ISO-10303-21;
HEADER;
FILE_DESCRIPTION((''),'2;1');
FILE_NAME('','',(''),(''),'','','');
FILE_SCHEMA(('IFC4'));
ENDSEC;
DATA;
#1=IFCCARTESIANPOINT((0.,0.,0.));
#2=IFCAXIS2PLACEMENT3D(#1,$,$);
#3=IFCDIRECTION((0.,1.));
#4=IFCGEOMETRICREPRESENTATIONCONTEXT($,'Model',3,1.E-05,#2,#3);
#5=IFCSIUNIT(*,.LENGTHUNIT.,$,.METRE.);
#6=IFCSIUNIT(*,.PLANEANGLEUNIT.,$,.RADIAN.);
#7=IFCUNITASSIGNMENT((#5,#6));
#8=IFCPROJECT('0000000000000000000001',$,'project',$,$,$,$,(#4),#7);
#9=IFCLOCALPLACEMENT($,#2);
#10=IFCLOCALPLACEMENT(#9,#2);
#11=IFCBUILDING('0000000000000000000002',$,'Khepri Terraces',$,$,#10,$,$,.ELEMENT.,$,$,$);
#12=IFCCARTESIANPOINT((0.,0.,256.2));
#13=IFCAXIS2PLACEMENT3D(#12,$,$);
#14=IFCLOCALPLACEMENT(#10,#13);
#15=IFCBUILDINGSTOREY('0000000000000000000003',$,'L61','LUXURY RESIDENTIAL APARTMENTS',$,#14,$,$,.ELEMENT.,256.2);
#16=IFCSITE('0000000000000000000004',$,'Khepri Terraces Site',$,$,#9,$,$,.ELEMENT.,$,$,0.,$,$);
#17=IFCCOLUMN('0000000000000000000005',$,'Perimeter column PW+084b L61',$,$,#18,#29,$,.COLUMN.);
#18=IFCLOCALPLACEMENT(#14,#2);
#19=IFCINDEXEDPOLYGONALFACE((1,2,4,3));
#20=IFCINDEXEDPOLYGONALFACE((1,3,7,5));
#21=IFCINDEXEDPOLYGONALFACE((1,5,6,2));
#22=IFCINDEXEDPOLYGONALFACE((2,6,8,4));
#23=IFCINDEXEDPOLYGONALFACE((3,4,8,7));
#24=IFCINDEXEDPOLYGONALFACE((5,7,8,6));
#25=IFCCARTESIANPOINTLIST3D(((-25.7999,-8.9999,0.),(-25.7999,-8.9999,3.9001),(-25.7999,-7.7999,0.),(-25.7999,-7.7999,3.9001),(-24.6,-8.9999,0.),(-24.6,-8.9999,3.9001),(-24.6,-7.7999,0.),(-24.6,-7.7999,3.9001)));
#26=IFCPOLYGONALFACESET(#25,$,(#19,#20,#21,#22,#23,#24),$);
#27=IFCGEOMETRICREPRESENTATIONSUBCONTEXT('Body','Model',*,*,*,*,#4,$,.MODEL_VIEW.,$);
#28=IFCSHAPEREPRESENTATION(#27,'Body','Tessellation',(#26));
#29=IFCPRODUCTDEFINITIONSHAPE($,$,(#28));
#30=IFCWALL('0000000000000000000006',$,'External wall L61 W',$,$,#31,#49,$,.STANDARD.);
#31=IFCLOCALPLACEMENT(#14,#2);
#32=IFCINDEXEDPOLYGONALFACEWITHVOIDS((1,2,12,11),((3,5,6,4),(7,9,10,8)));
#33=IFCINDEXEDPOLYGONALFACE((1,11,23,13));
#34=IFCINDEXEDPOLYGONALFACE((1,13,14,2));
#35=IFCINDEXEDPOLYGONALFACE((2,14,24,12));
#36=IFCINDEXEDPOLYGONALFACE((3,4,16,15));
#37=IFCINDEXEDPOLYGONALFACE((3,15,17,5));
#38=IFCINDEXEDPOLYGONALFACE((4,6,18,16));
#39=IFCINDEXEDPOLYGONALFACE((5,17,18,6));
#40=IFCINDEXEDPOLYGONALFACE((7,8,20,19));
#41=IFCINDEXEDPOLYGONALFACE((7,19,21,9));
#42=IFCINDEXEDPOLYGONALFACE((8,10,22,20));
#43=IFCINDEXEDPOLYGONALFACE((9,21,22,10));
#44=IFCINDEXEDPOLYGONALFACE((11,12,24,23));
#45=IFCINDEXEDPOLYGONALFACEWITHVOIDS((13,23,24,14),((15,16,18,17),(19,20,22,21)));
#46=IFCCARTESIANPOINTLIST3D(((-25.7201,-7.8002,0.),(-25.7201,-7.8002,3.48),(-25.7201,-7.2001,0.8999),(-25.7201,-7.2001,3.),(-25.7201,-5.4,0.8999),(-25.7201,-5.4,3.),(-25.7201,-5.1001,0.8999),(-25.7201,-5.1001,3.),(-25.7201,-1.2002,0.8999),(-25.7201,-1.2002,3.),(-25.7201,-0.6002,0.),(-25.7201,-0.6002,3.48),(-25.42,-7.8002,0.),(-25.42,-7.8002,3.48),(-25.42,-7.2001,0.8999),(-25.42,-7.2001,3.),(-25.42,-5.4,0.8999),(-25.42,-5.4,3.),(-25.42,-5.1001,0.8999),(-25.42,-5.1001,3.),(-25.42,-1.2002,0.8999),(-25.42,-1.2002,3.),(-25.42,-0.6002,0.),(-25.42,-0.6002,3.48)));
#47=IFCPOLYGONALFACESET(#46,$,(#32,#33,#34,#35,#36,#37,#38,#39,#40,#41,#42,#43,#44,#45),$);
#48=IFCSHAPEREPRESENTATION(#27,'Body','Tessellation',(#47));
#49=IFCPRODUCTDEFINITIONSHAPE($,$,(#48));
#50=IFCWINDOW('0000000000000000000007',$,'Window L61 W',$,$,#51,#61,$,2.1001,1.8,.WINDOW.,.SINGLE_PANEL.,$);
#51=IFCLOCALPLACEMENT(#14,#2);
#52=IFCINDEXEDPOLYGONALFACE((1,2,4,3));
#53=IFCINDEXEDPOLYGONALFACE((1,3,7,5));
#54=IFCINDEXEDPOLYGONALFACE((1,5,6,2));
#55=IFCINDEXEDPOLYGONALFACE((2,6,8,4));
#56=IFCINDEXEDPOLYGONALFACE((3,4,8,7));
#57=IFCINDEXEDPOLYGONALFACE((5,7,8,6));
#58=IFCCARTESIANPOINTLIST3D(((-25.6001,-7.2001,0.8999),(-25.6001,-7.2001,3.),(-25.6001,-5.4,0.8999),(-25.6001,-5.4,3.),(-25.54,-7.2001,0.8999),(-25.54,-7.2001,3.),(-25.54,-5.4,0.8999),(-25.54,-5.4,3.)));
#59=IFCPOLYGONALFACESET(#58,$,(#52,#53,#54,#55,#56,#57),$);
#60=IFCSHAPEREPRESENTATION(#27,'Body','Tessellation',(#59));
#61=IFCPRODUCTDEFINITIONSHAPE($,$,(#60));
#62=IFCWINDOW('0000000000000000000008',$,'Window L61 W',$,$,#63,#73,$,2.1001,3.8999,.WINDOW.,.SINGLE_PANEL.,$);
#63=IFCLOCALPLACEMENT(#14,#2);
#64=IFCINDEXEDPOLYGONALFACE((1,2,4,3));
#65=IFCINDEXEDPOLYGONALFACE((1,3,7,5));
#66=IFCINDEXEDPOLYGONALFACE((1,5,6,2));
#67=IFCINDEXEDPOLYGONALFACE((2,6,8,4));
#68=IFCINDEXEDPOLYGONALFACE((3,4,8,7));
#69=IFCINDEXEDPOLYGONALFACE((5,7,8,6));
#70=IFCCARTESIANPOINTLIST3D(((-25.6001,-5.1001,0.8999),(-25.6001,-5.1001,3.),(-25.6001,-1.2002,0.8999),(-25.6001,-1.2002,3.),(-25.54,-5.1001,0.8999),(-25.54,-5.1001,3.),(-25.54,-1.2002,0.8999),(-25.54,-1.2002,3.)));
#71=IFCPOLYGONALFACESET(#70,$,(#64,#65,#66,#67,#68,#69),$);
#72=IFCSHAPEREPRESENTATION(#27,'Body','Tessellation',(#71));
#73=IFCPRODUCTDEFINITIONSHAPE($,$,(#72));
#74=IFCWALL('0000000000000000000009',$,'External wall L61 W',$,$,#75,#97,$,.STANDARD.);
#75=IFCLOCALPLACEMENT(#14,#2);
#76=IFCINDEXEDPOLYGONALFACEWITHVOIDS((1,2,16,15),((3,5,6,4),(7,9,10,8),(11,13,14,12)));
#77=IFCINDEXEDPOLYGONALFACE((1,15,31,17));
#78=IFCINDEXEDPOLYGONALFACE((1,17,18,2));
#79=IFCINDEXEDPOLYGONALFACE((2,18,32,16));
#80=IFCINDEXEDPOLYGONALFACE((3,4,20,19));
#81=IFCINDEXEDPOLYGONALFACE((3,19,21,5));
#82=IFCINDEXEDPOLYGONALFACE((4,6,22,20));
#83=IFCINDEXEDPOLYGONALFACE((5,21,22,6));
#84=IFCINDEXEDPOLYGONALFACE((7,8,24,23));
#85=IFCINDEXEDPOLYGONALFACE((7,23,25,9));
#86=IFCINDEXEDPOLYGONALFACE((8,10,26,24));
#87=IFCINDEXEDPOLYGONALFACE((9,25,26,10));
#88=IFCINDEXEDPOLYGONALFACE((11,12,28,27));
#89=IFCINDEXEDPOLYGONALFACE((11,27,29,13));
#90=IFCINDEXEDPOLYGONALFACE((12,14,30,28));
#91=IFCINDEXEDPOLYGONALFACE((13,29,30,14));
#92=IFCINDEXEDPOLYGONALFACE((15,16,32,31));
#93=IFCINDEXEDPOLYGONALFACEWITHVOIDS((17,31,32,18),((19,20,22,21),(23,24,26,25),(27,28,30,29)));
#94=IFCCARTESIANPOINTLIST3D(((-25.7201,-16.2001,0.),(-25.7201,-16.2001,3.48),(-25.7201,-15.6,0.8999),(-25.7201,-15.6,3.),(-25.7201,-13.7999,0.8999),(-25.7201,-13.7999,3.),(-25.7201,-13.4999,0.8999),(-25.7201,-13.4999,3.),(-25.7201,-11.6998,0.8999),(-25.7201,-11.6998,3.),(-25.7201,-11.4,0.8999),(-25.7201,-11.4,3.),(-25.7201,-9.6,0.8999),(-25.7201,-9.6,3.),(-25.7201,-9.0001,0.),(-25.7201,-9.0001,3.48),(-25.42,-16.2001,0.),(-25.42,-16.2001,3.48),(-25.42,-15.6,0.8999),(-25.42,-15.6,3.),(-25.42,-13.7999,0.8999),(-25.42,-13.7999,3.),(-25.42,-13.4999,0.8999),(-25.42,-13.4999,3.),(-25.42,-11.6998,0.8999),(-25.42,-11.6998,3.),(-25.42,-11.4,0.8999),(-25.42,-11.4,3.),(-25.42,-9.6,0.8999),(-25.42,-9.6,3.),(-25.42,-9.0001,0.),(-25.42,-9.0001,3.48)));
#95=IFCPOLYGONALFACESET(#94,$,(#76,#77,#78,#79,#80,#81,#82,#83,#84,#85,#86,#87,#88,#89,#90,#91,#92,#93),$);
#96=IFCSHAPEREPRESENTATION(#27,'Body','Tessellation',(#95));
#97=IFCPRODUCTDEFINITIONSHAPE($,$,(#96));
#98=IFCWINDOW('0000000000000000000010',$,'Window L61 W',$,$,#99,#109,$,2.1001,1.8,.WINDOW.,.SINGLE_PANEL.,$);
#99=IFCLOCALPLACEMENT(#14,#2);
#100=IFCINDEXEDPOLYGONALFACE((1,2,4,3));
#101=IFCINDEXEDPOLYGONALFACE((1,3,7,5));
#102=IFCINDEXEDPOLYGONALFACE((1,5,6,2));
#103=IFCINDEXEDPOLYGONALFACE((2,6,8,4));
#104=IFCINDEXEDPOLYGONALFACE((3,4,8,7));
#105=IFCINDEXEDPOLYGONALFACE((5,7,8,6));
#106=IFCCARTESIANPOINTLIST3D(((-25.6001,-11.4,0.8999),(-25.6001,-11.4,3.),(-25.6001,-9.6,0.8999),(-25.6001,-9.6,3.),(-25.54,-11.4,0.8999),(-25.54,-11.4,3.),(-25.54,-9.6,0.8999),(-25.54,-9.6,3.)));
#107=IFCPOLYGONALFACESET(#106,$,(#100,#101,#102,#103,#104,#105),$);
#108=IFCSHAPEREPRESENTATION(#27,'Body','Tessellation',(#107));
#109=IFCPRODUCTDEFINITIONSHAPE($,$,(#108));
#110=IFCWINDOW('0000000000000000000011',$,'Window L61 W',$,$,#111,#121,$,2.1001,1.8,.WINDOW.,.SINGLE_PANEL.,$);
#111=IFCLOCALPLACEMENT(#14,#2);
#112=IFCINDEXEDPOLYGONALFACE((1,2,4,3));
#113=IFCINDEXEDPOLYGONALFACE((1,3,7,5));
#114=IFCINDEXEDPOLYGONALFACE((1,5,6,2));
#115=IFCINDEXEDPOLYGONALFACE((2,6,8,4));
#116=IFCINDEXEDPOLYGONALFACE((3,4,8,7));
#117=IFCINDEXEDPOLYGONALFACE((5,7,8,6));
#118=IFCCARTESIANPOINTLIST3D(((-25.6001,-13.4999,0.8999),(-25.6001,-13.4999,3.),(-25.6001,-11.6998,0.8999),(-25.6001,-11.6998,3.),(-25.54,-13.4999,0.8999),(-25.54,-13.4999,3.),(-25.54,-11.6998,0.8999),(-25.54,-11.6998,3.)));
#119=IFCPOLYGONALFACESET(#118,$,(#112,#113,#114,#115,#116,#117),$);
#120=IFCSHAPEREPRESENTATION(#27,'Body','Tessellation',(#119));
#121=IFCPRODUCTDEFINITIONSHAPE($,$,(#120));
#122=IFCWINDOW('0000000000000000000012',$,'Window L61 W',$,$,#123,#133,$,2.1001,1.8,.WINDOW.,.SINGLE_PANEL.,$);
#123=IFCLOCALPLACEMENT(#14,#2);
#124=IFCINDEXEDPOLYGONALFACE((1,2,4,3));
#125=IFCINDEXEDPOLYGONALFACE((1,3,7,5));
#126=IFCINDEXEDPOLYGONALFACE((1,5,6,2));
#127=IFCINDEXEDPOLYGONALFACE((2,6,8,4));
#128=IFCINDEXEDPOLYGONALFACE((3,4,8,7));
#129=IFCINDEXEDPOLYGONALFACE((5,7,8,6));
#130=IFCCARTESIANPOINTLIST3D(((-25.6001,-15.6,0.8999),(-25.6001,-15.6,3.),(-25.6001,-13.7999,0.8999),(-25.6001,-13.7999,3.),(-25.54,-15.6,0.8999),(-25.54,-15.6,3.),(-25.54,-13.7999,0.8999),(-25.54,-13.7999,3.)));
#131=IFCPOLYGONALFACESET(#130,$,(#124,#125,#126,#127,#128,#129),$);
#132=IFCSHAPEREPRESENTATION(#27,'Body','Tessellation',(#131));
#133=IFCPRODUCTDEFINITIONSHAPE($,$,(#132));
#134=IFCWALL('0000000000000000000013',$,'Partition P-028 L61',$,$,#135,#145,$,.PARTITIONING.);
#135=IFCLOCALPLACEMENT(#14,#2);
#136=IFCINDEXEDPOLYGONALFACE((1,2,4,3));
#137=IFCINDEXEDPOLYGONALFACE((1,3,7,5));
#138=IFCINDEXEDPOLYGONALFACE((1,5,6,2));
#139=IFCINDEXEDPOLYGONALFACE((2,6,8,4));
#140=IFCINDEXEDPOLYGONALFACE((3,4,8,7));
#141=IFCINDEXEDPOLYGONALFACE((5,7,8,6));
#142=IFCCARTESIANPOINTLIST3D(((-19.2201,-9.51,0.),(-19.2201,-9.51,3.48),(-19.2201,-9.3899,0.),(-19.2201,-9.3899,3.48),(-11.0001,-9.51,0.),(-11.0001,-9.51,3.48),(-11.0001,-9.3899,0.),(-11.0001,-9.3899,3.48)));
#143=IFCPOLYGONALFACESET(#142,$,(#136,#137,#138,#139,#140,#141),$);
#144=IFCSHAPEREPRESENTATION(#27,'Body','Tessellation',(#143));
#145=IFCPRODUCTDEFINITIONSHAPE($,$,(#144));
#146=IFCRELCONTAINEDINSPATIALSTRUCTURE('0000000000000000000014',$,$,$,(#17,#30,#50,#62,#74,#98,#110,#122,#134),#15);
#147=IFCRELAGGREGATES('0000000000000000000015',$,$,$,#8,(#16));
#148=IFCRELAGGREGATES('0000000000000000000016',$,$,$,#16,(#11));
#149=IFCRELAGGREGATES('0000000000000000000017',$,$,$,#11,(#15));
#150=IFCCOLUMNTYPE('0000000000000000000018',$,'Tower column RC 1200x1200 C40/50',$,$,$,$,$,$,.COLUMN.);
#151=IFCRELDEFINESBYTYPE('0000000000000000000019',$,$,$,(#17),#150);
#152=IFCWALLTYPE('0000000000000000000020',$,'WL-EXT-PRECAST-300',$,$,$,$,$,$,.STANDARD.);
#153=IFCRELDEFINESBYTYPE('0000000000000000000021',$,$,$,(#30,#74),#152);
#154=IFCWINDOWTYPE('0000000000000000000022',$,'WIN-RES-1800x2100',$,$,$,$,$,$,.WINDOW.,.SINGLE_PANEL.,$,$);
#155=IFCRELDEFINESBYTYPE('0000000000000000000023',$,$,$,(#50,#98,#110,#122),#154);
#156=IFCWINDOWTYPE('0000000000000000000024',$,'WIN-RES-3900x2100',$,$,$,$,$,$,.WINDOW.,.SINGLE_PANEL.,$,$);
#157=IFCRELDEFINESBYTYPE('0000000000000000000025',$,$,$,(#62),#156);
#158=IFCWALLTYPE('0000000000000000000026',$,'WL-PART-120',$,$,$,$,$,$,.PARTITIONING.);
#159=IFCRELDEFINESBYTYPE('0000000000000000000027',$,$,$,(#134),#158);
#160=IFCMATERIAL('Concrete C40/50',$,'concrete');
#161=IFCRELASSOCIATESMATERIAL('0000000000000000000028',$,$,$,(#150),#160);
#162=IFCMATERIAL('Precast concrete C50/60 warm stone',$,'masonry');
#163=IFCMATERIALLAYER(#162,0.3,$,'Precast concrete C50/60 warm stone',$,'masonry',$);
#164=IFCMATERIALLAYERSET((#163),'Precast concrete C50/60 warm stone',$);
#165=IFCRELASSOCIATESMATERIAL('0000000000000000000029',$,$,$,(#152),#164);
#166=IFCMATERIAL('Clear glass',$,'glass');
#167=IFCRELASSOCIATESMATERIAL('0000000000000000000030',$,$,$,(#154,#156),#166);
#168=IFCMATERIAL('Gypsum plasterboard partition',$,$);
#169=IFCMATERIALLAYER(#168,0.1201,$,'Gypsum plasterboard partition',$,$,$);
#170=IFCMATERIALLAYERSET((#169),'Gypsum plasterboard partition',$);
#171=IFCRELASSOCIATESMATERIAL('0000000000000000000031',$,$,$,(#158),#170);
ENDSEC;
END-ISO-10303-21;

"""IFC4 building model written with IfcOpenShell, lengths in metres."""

from ifc_helpers import new_model, si_unit, direction, frame, frame_2d, origin, origin_2d, place, context, subcontext, project, spatial, rectangle, extrude, material, layer, layer_set, material_profile, profile_set, type_object, element, fill, save


model = new_model("IFC4")

# Units and contexts
model_context = context("Model", 3, precision=1e-05, world=origin(), true_north=direction((0.0, 1.0)))
body_context = subcontext(model_context, "Body", "Model", "MODEL_VIEW")
ifc_project = project(units=[si_unit("LENGTHUNIT", "METRE"), si_unit("PLANEANGLEUNIT", "RADIAN")], contexts=[model_context])

# Site, building, storey
site_placement = place(None, origin())
site = spatial("IfcSite", under=ifc_project, at=site_placement, Name="Khepri Terraces Site", CompositionType="ELEMENT", RefElevation=0.0)
building_placement = place(site_placement, origin())
building = spatial("IfcBuilding", under=site, at=building_placement, Name="Khepri Terraces", CompositionType="ELEMENT")
storey_placement = place(building_placement, frame((0.0, 0.0, 256.2)))
storey = spatial("IfcBuildingStorey", under=building, at=storey_placement, Name="L61", Description="LUXURY RESIDENTIAL APARTMENTS", CompositionType="ELEMENT", Elevation=256.2)

# Column
ifc_material_1 = material(Name="Concrete C40/50", Category="concrete")
ifc_material_profile = material_profile(ifc_material_1, rectangle(XDim=1.2, YDim=1.2, at=origin_2d()), Name="Concrete C40/50", Category="concrete")
ifc_profile_set = profile_set([ifc_material_profile], Name="Concrete C40/50")
column_type = type_object("IfcColumnType", Name="Tower column RC 1200x1200 C40/50", PredefinedType="COLUMN", material=ifc_profile_set)
column_placement = place(storey_placement, frame((-25.2, -8.3999, 0.0), z_axis=(0.0, 0.0, 1.0), x_axis=(1.0, 0.0, 0.0)))
element("IfcColumn", 1, at=column_placement, inside=storey, type_object=column_type, Name="Perimeter column PW+084b L61", PredefinedType="COLUMN", context=body_context, shape_type="SweptSolid", body=[
    extrude(rectangle(XDim=1.2, YDim=1.2, at=origin_2d()), origin(), (0.0, 0.0, 1.0), 3.9001),
])

# Walls, openings, windows
ifc_material_2 = material(Name="Precast concrete C50/60 warm stone", Category="masonry")
ifc_layer_1 = layer(ifc_material_2, 0.3, Name="Precast concrete C50/60 warm stone", Category="masonry")
ifc_layer_set_1 = layer_set([ifc_layer_1], Name="Precast concrete C50/60 warm stone")
wall_type_1 = type_object("IfcWallType", Name="WL-EXT-PRECAST-300", PredefinedType="STANDARD", material=ifc_layer_set_1)
wall_1_placement = place(storey_placement, frame((-25.5701, -0.6001, 0.0), z_axis=(0.0, 0.0, 1.0), x_axis=(0.0, -1.0, 0.0)))
wall_1 = element("IfcWall", 2, at=wall_1_placement, inside=storey, type_object=wall_type_1, Name="External wall L61 W", PredefinedType="STANDARD", context=body_context, shape_type="SweptSolid", body=[
    extrude(rectangle(XDim=7.2, YDim=0.3, at=frame_2d((3.6001, 0.0))), origin(), (0.0, 0.0, 1.0), 3.48),
])
opening_1_placement = place(wall_1_placement, frame((0.6001, 0.0, 0.8999)))
opening_1 = element("IfcOpeningElement", 3, at=opening_1_placement, cuts=wall_1, PredefinedType="OPENING", context=body_context, shape_type="SweptSolid", body=[
    extrude(rectangle(XDim=3.8999, YDim=2.1001, at=frame_2d((1.95, 1.05))), frame((0.0, 0.1602, 0.0), z_axis=(0.0, -1.0, 0.0), x_axis=(1.0, 0.0, 0.0)), (0.0, 0.0, 1.0), 0.3201),
])
opening_2_placement = place(wall_1_placement, frame((4.8, 0.0, 0.8999)))
opening_2 = element("IfcOpeningElement", 4, at=opening_2_placement, cuts=wall_1, PredefinedType="OPENING", context=body_context, shape_type="SweptSolid", body=[
    extrude(rectangle(XDim=1.8, YDim=2.1001, at=frame_2d((0.8999, 1.05))), frame((0.0, 0.1602, 0.0), z_axis=(0.0, -1.0, 0.0), x_axis=(1.0, 0.0, 0.0)), (0.0, 0.0, 1.0), 0.3201),
])
ifc_material_3 = material(Name="Clear glass", Category="glass")
window_type_1 = type_object("IfcWindowType", Name="WIN-RES-1800x2100", PartitioningType="SINGLE_PANEL", PredefinedType="WINDOW", material=ifc_material_3)
window_1_placement = place(opening_2_placement, origin())
window_1 = element("IfcWindow", 5, at=window_1_placement, inside=storey, type_object=window_type_1, Name="Window L61 W", OverallHeight=2.1001, OverallWidth=1.8, PartitioningType="SINGLE_PANEL", PredefinedType="WINDOW", context=body_context, shape_type="SweptSolid", body=[
    extrude(rectangle(XDim=1.8, YDim=2.1001, at=frame_2d((0.8999, 1.05))), frame((0.0, 0.03, 0.0), z_axis=(0.0, -1.0, 0.0), x_axis=(1.0, 0.0, 0.0)), (0.0, 0.0, 1.0), 0.0601),
])
fill(opening_2, window_1)
window_type_2 = type_object("IfcWindowType", Name="WIN-RES-3900x2100", PartitioningType="SINGLE_PANEL", PredefinedType="WINDOW", material=ifc_material_3)
window_2_placement = place(opening_1_placement, origin())
window_2 = element("IfcWindow", 6, at=window_2_placement, inside=storey, type_object=window_type_2, Name="Window L61 W", OverallHeight=2.1001, OverallWidth=3.8999, PartitioningType="SINGLE_PANEL", PredefinedType="WINDOW", context=body_context, shape_type="SweptSolid", body=[
    extrude(rectangle(XDim=3.8999, YDim=2.1001, at=frame_2d((1.95, 1.05))), frame((0.0, 0.03, 0.0), z_axis=(0.0, -1.0, 0.0), x_axis=(1.0, 0.0, 0.0)), (0.0, 0.0, 1.0), 0.0601),
])
fill(opening_1, window_2)
wall_2_placement = place(storey_placement, frame((-25.5701, -9.0, 0.0), z_axis=(0.0, 0.0, 1.0), x_axis=(0.0, -1.0, 0.0)))
wall_2 = element("IfcWall", 7, at=wall_2_placement, inside=storey, type_object=wall_type_1, Name="External wall L61 W", PredefinedType="STANDARD", context=body_context, shape_type="SweptSolid", body=[
    extrude(rectangle(XDim=7.2, YDim=0.3, at=frame_2d((3.6001, 0.0))), origin(), (0.0, 0.0, 1.0), 3.48),
])
opening_3_placement = place(wall_2_placement, frame((0.6001, 0.0, 0.8999)))
opening_3 = element("IfcOpeningElement", 8, at=opening_3_placement, cuts=wall_2, PredefinedType="OPENING", context=body_context, shape_type="SweptSolid", body=[
    extrude(rectangle(XDim=1.8, YDim=2.1001, at=frame_2d((0.8999, 1.05))), frame((0.0, 0.1602, 0.0), z_axis=(0.0, -1.0, 0.0), x_axis=(1.0, 0.0, 0.0)), (0.0, 0.0, 1.0), 0.3201),
])
opening_4_placement = place(wall_2_placement, frame((2.7, 0.0, 0.8999)))
opening_4 = element("IfcOpeningElement", 9, at=opening_4_placement, cuts=wall_2, PredefinedType="OPENING", context=body_context, shape_type="SweptSolid", body=[
    extrude(rectangle(XDim=1.8, YDim=2.1001, at=frame_2d((0.8999, 1.05))), frame((0.0, 0.1602, 0.0), z_axis=(0.0, -1.0, 0.0), x_axis=(1.0, 0.0, 0.0)), (0.0, 0.0, 1.0), 0.3201),
])
opening_5_placement = place(wall_2_placement, frame((4.8, 0.0, 0.8999)))
opening_5 = element("IfcOpeningElement", 10, at=opening_5_placement, cuts=wall_2, PredefinedType="OPENING", context=body_context, shape_type="SweptSolid", body=[
    extrude(rectangle(XDim=1.8, YDim=2.1001, at=frame_2d((0.8999, 1.05))), frame((0.0, 0.1602, 0.0), z_axis=(0.0, -1.0, 0.0), x_axis=(1.0, 0.0, 0.0)), (0.0, 0.0, 1.0), 0.3201),
])
window_3_placement = place(opening_3_placement, origin())
window_3 = element("IfcWindow", 11, at=window_3_placement, inside=storey, type_object=window_type_1, Name="Window L61 W", OverallHeight=2.1001, OverallWidth=1.8, PartitioningType="SINGLE_PANEL", PredefinedType="WINDOW", context=body_context, shape_type="SweptSolid", body=[
    extrude(rectangle(XDim=1.8, YDim=2.1001, at=frame_2d((0.8999, 1.05))), frame((0.0, 0.03, 0.0), z_axis=(0.0, -1.0, 0.0), x_axis=(1.0, 0.0, 0.0)), (0.0, 0.0, 1.0), 0.0601),
])
fill(opening_3, window_3)
window_4_placement = place(opening_4_placement, origin())
window_4 = element("IfcWindow", 12, at=window_4_placement, inside=storey, type_object=window_type_1, Name="Window L61 W", OverallHeight=2.1001, OverallWidth=1.8, PartitioningType="SINGLE_PANEL", PredefinedType="WINDOW", context=body_context, shape_type="SweptSolid", body=[
    extrude(rectangle(XDim=1.8, YDim=2.1001, at=frame_2d((0.8999, 1.05))), frame((0.0, 0.03, 0.0), z_axis=(0.0, -1.0, 0.0), x_axis=(1.0, 0.0, 0.0)), (0.0, 0.0, 1.0), 0.0601),
])
fill(opening_4, window_4)
window_5_placement = place(opening_5_placement, origin())
window_5 = element("IfcWindow", 13, at=window_5_placement, inside=storey, type_object=window_type_1, Name="Window L61 W", OverallHeight=2.1001, OverallWidth=1.8, PartitioningType="SINGLE_PANEL", PredefinedType="WINDOW", context=body_context, shape_type="SweptSolid", body=[
    extrude(rectangle(XDim=1.8, YDim=2.1001, at=frame_2d((0.8999, 1.05))), frame((0.0, 0.03, 0.0), z_axis=(0.0, -1.0, 0.0), x_axis=(1.0, 0.0, 0.0)), (0.0, 0.0, 1.0), 0.0601),
])
fill(opening_5, window_5)

# Wall
ifc_material_4 = material(Name="Gypsum plasterboard partition")
ifc_layer_2 = layer(ifc_material_4, 0.1201, Name="Gypsum plasterboard partition")
ifc_layer_set_2 = layer_set([ifc_layer_2], Name="Gypsum plasterboard partition")
wall_type_2 = type_object("IfcWallType", Name="WL-PART-120", PredefinedType="PARTITIONING", material=ifc_layer_set_2)
wall_3_placement = place(storey_placement, frame((-19.22, -9.45, 0.0), z_axis=(0.0, 0.0, 1.0), x_axis=(1.0, 0.0, 0.0)))
element("IfcWall", 14, at=wall_3_placement, inside=storey, type_object=wall_type_2, Name="Partition P-028 L61", PredefinedType="PARTITIONING", context=body_context, shape_type="SweptSolid", body=[
    extrude(rectangle(XDim=8.22, YDim=0.1201, at=frame_2d((4.1099, 0.0))), origin(), (0.0, 0.0, 1.0), 3.48),
])

save(model, "model.ifc")
